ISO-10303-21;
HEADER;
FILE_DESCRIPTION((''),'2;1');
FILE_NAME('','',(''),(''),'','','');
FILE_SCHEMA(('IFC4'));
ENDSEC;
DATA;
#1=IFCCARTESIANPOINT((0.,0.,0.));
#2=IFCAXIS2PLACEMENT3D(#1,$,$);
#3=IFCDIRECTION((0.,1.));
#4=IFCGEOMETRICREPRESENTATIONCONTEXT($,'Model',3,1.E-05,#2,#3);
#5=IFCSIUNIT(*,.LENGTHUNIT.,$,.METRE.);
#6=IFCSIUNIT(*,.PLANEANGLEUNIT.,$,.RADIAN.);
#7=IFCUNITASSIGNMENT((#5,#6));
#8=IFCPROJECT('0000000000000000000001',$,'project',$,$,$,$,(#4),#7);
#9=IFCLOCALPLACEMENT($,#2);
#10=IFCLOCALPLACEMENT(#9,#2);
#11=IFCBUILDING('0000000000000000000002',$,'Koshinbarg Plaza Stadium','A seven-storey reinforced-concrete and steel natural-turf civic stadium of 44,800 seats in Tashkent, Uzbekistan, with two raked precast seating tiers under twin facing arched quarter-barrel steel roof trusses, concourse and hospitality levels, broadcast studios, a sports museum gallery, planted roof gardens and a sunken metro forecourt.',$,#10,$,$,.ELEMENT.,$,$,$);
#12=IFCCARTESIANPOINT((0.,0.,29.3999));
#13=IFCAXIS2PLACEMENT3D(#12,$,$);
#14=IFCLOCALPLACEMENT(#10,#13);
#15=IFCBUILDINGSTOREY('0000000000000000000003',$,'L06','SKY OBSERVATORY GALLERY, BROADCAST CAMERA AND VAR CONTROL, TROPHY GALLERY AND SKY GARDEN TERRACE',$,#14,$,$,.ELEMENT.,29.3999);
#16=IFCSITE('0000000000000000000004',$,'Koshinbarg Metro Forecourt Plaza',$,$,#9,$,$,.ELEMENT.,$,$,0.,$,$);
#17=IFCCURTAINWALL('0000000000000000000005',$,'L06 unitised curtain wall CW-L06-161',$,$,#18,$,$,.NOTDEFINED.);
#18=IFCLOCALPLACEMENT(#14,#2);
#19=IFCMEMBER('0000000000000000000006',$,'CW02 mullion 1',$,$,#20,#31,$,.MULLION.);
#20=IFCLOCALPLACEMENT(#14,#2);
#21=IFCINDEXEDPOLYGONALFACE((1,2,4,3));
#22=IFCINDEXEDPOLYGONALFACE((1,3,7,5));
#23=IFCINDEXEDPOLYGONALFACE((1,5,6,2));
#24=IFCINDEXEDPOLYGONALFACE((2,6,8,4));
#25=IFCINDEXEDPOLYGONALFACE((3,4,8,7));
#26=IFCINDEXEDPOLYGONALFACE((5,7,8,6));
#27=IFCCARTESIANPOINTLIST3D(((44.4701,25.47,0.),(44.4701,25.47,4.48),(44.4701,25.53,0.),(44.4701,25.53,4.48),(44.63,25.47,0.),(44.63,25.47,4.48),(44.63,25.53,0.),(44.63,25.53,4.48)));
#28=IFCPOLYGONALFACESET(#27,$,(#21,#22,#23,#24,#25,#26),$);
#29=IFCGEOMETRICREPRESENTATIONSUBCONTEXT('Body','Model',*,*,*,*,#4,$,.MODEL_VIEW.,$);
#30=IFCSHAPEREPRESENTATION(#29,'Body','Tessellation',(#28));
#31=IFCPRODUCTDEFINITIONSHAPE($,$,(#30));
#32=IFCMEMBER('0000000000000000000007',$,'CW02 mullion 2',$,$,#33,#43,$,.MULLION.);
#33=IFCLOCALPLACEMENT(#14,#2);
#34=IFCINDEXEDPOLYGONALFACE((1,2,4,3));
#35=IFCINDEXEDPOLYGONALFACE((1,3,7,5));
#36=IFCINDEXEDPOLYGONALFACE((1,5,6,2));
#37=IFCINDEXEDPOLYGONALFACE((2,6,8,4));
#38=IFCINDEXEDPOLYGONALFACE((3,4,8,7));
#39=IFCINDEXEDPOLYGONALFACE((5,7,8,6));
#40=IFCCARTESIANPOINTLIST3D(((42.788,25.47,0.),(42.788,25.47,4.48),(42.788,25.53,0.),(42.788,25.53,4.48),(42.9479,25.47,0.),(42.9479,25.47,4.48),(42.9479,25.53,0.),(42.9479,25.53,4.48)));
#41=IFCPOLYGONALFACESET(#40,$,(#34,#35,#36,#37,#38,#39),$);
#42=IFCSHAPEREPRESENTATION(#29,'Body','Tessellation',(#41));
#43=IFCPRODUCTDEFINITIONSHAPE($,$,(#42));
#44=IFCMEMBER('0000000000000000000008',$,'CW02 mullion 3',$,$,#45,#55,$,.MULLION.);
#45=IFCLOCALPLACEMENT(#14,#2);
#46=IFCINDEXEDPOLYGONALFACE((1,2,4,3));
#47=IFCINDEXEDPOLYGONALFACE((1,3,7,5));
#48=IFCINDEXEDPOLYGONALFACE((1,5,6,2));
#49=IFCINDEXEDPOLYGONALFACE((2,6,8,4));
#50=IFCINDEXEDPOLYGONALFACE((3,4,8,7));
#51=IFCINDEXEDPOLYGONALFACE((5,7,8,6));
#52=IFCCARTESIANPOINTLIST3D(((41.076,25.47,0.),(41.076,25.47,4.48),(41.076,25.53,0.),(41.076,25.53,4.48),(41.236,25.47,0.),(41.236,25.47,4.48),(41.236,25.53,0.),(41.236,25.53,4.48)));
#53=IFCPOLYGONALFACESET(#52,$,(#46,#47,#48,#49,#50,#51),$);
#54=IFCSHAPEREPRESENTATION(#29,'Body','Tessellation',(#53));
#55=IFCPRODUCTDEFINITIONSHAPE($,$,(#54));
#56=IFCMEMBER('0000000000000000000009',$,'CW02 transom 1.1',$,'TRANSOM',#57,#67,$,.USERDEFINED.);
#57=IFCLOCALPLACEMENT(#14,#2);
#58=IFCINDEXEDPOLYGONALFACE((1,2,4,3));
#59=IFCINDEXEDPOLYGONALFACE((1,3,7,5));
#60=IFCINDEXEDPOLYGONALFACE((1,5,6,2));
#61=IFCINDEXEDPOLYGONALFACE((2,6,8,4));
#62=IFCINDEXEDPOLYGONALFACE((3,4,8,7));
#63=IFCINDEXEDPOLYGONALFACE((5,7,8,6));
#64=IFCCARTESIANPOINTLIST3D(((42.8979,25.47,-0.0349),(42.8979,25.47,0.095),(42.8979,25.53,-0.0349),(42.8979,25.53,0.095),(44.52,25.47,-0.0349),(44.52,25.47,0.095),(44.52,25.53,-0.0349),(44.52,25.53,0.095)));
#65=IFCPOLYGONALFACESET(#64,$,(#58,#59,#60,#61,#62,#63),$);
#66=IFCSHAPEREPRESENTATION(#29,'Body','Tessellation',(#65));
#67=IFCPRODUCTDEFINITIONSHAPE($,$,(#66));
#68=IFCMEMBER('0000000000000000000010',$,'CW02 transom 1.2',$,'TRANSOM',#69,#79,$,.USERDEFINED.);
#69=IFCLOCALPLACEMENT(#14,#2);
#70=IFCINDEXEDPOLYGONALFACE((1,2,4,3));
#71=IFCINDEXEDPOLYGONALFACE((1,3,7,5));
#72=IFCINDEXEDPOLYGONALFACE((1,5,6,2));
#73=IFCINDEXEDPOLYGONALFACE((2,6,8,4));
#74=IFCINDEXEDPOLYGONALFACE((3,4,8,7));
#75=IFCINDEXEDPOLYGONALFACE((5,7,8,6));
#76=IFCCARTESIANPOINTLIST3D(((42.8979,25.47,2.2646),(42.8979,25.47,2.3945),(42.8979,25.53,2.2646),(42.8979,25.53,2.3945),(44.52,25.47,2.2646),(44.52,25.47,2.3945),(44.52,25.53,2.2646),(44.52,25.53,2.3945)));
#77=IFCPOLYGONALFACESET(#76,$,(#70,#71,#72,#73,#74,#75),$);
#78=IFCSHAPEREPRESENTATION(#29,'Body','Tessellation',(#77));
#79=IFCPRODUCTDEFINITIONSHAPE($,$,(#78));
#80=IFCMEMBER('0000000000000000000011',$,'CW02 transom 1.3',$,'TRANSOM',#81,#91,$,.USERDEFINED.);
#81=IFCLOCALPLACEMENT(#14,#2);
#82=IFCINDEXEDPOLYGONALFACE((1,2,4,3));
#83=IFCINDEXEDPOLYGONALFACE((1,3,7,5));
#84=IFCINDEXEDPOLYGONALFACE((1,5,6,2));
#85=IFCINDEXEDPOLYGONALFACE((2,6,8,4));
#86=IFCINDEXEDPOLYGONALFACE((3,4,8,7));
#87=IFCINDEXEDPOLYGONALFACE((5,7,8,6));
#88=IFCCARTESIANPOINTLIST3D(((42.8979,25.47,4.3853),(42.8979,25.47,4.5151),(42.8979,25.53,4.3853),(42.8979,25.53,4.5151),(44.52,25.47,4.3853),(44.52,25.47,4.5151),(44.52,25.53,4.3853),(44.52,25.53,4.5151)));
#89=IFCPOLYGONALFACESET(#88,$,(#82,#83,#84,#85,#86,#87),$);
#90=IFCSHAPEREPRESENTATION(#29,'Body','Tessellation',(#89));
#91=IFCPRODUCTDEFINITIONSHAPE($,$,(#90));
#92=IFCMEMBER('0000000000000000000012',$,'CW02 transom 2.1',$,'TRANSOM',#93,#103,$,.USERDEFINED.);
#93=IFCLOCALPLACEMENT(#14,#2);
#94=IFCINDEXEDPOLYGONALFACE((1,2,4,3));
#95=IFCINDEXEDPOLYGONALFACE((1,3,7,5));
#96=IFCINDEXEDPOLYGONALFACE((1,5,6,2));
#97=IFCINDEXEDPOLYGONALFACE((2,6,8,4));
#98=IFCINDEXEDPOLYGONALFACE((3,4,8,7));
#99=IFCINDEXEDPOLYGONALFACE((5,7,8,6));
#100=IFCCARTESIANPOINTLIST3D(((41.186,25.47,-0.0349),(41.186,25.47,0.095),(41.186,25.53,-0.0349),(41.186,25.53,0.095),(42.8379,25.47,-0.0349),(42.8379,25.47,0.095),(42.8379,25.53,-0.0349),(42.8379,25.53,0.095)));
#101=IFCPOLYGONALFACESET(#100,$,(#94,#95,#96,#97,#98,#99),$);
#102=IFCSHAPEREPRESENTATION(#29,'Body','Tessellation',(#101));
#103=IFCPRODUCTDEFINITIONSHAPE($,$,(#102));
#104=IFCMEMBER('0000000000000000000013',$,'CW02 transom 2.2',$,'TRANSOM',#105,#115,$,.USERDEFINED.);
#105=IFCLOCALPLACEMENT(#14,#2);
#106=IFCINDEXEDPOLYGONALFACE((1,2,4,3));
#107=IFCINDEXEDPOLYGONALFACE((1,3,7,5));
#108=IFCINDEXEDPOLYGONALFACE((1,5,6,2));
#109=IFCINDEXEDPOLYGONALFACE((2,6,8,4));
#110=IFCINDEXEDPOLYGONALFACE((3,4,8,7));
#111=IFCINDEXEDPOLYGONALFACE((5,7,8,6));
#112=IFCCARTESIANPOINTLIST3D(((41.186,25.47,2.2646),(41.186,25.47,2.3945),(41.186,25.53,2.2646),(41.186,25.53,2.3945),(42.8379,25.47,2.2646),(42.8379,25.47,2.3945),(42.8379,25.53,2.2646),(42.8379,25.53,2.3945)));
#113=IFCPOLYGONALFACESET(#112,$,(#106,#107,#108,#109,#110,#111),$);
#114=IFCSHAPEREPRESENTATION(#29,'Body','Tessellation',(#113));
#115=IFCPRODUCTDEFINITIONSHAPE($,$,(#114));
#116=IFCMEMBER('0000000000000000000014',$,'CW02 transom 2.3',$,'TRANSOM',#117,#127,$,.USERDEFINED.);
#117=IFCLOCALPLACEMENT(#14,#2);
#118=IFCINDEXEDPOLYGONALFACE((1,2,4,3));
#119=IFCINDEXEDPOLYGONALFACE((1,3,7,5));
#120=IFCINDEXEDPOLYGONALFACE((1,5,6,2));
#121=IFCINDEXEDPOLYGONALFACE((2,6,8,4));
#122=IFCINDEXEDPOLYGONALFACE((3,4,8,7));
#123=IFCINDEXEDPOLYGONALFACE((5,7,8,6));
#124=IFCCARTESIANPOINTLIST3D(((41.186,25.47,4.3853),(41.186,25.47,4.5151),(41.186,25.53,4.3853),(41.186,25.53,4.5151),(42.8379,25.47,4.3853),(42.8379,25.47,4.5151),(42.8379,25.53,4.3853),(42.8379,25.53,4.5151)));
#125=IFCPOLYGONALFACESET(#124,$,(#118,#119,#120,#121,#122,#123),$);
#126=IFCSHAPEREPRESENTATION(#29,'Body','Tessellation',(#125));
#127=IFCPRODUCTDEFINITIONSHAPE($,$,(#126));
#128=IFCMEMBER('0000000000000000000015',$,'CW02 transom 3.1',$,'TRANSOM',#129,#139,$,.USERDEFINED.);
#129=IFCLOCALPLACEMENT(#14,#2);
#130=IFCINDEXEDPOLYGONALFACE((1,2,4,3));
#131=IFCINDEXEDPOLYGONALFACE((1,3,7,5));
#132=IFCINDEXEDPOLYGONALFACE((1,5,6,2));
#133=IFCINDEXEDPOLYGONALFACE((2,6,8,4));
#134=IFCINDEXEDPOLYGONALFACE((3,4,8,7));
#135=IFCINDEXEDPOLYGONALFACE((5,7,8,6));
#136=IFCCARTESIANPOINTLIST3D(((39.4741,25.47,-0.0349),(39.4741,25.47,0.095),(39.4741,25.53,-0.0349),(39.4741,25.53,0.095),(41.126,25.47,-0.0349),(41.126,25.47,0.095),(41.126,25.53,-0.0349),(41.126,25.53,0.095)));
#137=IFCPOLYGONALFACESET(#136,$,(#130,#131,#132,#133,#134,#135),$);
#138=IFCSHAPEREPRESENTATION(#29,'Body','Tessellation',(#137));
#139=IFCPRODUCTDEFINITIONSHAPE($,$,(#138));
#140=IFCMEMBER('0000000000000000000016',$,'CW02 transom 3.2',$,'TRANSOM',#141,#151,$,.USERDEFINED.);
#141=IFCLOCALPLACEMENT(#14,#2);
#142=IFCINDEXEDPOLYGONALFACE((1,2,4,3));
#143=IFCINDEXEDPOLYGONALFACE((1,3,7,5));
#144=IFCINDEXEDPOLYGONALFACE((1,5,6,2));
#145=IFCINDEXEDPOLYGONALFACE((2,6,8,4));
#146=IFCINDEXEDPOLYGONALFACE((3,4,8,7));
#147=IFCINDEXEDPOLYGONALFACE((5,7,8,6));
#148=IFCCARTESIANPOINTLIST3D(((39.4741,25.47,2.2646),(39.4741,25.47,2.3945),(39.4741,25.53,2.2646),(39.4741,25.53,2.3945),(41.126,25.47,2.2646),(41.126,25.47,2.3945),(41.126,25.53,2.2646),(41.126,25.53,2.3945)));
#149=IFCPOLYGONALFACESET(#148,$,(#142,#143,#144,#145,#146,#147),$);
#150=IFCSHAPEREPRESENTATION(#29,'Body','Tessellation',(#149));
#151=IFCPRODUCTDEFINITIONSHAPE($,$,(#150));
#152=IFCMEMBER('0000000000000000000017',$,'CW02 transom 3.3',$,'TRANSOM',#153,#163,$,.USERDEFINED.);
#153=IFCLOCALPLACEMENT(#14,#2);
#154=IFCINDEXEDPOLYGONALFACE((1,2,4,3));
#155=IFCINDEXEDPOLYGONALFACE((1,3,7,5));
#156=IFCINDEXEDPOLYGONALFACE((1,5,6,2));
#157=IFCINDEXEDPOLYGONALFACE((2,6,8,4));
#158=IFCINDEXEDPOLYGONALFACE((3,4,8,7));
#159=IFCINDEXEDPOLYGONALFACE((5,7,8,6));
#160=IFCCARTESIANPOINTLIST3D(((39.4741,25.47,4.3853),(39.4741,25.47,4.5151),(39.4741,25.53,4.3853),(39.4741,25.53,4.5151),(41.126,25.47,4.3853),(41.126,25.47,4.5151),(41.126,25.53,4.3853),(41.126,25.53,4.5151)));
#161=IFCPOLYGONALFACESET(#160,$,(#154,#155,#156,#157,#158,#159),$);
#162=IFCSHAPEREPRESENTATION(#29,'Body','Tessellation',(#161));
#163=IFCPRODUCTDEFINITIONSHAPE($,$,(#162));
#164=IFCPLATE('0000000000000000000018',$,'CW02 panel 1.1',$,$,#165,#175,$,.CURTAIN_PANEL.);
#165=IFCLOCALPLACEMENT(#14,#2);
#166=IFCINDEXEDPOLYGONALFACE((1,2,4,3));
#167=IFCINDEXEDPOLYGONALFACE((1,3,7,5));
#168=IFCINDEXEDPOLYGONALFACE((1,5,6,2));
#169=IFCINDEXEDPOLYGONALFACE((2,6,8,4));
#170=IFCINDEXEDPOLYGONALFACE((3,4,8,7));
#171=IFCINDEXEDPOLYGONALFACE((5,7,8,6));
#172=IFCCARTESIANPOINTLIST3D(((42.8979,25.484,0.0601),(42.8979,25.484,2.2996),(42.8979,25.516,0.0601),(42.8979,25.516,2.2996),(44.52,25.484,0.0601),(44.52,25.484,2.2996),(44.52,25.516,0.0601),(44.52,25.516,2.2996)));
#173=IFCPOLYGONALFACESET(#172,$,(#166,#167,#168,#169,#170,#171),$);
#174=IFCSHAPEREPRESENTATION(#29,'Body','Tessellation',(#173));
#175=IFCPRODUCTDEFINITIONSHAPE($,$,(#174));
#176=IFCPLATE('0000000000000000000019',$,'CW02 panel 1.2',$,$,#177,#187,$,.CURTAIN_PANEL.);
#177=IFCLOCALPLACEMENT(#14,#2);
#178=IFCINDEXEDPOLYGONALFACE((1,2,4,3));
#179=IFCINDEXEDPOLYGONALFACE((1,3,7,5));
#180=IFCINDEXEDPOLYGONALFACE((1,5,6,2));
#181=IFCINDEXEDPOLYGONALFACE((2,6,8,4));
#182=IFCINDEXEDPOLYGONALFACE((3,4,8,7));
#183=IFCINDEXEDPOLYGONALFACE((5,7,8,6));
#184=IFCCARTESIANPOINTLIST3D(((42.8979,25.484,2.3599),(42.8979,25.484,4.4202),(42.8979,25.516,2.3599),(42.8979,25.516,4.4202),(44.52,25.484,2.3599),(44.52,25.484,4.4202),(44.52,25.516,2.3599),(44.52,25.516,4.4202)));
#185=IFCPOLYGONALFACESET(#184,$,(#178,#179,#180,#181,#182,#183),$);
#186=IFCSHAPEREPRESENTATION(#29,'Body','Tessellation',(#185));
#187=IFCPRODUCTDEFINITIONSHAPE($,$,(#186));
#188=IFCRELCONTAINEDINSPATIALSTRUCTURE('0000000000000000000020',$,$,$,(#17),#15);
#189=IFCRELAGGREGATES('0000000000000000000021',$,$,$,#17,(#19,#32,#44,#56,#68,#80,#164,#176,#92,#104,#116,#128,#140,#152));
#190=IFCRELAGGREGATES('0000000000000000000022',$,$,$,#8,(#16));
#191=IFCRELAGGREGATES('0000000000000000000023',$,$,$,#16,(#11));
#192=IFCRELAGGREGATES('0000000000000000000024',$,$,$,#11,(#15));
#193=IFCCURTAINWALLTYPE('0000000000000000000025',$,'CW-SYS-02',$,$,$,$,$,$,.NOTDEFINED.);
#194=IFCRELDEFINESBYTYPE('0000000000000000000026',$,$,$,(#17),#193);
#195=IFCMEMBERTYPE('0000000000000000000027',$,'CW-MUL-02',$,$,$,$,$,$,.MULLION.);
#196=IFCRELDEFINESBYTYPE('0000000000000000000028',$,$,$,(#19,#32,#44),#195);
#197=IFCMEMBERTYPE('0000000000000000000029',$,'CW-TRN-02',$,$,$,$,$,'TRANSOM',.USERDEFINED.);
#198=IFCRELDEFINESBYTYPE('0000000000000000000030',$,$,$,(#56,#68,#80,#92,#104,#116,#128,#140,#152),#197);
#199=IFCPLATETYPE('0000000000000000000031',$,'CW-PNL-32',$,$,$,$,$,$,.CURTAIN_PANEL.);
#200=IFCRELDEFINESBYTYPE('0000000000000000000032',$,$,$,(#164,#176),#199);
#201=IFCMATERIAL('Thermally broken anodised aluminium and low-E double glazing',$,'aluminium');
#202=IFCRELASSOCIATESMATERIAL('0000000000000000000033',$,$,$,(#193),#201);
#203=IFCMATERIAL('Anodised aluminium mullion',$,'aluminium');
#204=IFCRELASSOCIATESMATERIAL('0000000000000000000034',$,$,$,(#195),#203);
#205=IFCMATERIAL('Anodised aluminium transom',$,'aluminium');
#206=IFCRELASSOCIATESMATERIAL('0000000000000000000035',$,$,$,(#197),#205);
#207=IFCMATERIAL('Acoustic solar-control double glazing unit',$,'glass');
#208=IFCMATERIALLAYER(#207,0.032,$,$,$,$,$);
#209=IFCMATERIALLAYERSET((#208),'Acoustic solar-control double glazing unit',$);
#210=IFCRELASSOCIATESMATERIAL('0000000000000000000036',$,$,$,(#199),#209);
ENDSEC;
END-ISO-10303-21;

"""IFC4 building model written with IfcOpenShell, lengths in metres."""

from ifc_helpers import new_model, si_unit, direction, frame, origin, origin_2d, place, context, subcontext, project, spatial, rectangle, extrude, material, layer, layer_set, material_profile, profile_set, type_object, element, aggregate, save


model = new_model("IFC4")

# Units and contexts
model_context = context("Model", 3, precision=1e-05, world=origin(), true_north=direction((0.0, 1.0)))
body_context = subcontext(model_context, "Body", "Model", "MODEL_VIEW")
ifc_project = project(units=[si_unit("LENGTHUNIT", "METRE"), si_unit("PLANEANGLEUNIT", "RADIAN")], contexts=[model_context])

# Site, building, storey
site_placement = place(None, origin())
site = spatial("IfcSite", under=ifc_project, at=site_placement, Name="Koshinbarg Metro Forecourt Plaza", CompositionType="ELEMENT", RefElevation=0.0)
building_placement = place(site_placement, origin())
building = spatial("IfcBuilding", under=site, at=building_placement, Name="Koshinbarg Plaza Stadium", Description="A seven-storey reinforced-concrete and steel natural-turf civic stadium of 44,800 seats in Tashkent, Uzbekistan, with two raked precast seating tiers under twin facing arched quarter-barrel steel roof trusses, concourse and hospitality levels, broadcast studios, a sports museum gallery, planted roof gardens and a sunken metro forecourt.", CompositionType="ELEMENT")
storey_placement = place(building_placement, frame((0.0, 0.0, 29.3999)))
storey = spatial("IfcBuildingStorey", under=building, at=storey_placement, Name="L06", Description="SKY OBSERVATORY GALLERY, BROADCAST CAMERA AND VAR CONTROL, TROPHY GALLERY AND SKY GARDEN TERRACE", CompositionType="ELEMENT", Elevation=29.3999)

# Curtain wall, members, plates
ifc_material_1 = material(Name="Thermally broken anodised aluminium and low-E double glazing", Category="aluminium")
curtain_wall_type = type_object("IfcCurtainWallType", Name="CW-SYS-02", PredefinedType="NOTDEFINED", material=ifc_material_1)
curtain_wall_placement = place(storey_placement, origin())
curtain_wall = element("IfcCurtainWall", 1, at=curtain_wall_placement, inside=storey, type_object=curtain_wall_type, Name="L06 unitised curtain wall CW-L06-161", PredefinedType="NOTDEFINED")
ifc_material_2 = material(Name="Anodised aluminium mullion", Category="aluminium")
ifc_material_profile_1 = material_profile(ifc_material_2, rectangle(XDim=0.0601, YDim=0.1599, at=origin_2d()), Name="ALU 60x160")
ifc_profile_set_1 = profile_set([ifc_material_profile_1], Name="Anodised aluminium mullion")
member_type_1 = type_object("IfcMemberType", Name="CW-MUL-02", PredefinedType="MULLION", material=ifc_profile_set_1)
member_1_placement = place(storey_placement, frame((44.55, 25.5, 0.0), z_axis=(0.0, 0.0, 1.0), x_axis=(0.0, -1.0, 0.0)))
member_1 = element("IfcMember", 2, at=member_1_placement, type_object=member_type_1, Name="CW02 mullion 1", PredefinedType="MULLION", context=body_context, shape_type="SweptSolid", body=[
    extrude(rectangle(XDim=0.0601, YDim=0.1599, at=origin_2d()), origin(), (0.0, 0.0, 1.0), 4.48),
])
member_2_placement = place(storey_placement, frame((42.8679, 25.5, 0.0), z_axis=(0.0, 0.0, 1.0), x_axis=(0.0, -1.0, 0.0)))
member_2 = element("IfcMember", 3, at=member_2_placement, type_object=member_type_1, Name="CW02 mullion 2", PredefinedType="MULLION", context=body_context, shape_type="SweptSolid", body=[
    extrude(rectangle(XDim=0.0601, YDim=0.1599, at=origin_2d()), origin(), (0.0, 0.0, 1.0), 4.48),
])
member_3_placement = place(storey_placement, frame((41.156, 25.5, 0.0), z_axis=(0.0, 0.0, 1.0), x_axis=(0.0, -1.0, 0.0)))
member_3 = element("IfcMember", 4, at=member_3_placement, type_object=member_type_1, Name="CW02 mullion 3", PredefinedType="MULLION", context=body_context, shape_type="SweptSolid", body=[
    extrude(rectangle(XDim=0.0601, YDim=0.1599, at=origin_2d()), origin(), (0.0, 0.0, 1.0), 4.48),
])
ifc_material_3 = material(Name="Anodised aluminium transom", Category="aluminium")
ifc_material_profile_2 = material_profile(ifc_material_3, rectangle(XDim=0.0601, YDim=0.1299, at=origin_2d()), Name="ALU 60x130")
ifc_profile_set_2 = profile_set([ifc_material_profile_2], Name="Anodised aluminium transom")
member_type_2 = type_object("IfcMemberType", Name="CW-TRN-02", ElementType="TRANSOM", PredefinedType="USERDEFINED", material=ifc_profile_set_2)
member_4_placement = place(storey_placement, frame((44.52, 25.5, 0.03), z_axis=(-1.0, 0.0, 0.0), x_axis=(0.0, -1.0, 0.0)))
member_4 = element("IfcMember", 5, at=member_4_placement, type_object=member_type_2, Name="CW02 transom 1.1", ObjectType="TRANSOM", PredefinedType="USERDEFINED", context=body_context, shape_type="SweptSolid", body=[
    extrude(rectangle(XDim=0.0601, YDim=0.1299, at=origin_2d()), origin(), (0.0, 0.0, 1.0), 1.6221),
])
member_5_placement = place(storey_placement, frame((44.52, 25.5, 2.3296), z_axis=(-1.0, 0.0, 0.0), x_axis=(0.0, -1.0, 0.0)))
member_5 = element("IfcMember", 6, at=member_5_placement, type_object=member_type_2, Name="CW02 transom 1.2", ObjectType="TRANSOM", PredefinedType="USERDEFINED", context=body_context, shape_type="SweptSolid", body=[
    extrude(rectangle(XDim=0.0601, YDim=0.1299, at=origin_2d()), origin(), (0.0, 0.0, 1.0), 1.6221),
])
member_6_placement = place(storey_placement, frame((44.52, 25.5, 4.4502), z_axis=(-1.0, 0.0, 0.0), x_axis=(0.0, -1.0, 0.0)))
member_6 = element("IfcMember", 7, at=member_6_placement, type_object=member_type_2, Name="CW02 transom 1.3", ObjectType="TRANSOM", PredefinedType="USERDEFINED", context=body_context, shape_type="SweptSolid", body=[
    extrude(rectangle(XDim=0.0601, YDim=0.1299, at=origin_2d()), origin(), (0.0, 0.0, 1.0), 1.6221),
])
member_7_placement = place(storey_placement, frame((42.8379, 25.5, 0.03), z_axis=(-1.0, 0.0, 0.0), x_axis=(0.0, -1.0, 0.0)))
member_7 = element("IfcMember", 8, at=member_7_placement, type_object=member_type_2, Name="CW02 transom 2.1", ObjectType="TRANSOM", PredefinedType="USERDEFINED", context=body_context, shape_type="SweptSolid", body=[
    extrude(rectangle(XDim=0.0601, YDim=0.1299, at=origin_2d()), origin(), (0.0, 0.0, 1.0), 1.6519),
])
member_8_placement = place(storey_placement, frame((42.8379, 25.5, 2.3296), z_axis=(-1.0, 0.0, 0.0), x_axis=(0.0, -1.0, 0.0)))
member_8 = element("IfcMember", 9, at=member_8_placement, type_object=member_type_2, Name="CW02 transom 2.2", ObjectType="TRANSOM", PredefinedType="USERDEFINED", context=body_context, shape_type="SweptSolid", body=[
    extrude(rectangle(XDim=0.0601, YDim=0.1299, at=origin_2d()), origin(), (0.0, 0.0, 1.0), 1.6519),
])
member_9_placement = place(storey_placement, frame((42.8379, 25.5, 4.4502), z_axis=(-1.0, 0.0, 0.0), x_axis=(0.0, -1.0, 0.0)))
member_9 = element("IfcMember", 10, at=member_9_placement, type_object=member_type_2, Name="CW02 transom 2.3", ObjectType="TRANSOM", PredefinedType="USERDEFINED", context=body_context, shape_type="SweptSolid", body=[
    extrude(rectangle(XDim=0.0601, YDim=0.1299, at=origin_2d()), origin(), (0.0, 0.0, 1.0), 1.6519),
])
member_10_placement = place(storey_placement, frame((41.126, 25.5, 0.03), z_axis=(-1.0, 0.0, 0.0), x_axis=(0.0, -1.0, 0.0)))
member_10 = element("IfcMember", 11, at=member_10_placement, type_object=member_type_2, Name="CW02 transom 3.1", ObjectType="TRANSOM", PredefinedType="USERDEFINED", context=body_context, shape_type="SweptSolid", body=[
    extrude(rectangle(XDim=0.0601, YDim=0.1299, at=origin_2d()), origin(), (0.0, 0.0, 1.0), 1.6519),
])
member_11_placement = place(storey_placement, frame((41.126, 25.5, 2.3296), z_axis=(-1.0, 0.0, 0.0), x_axis=(0.0, -1.0, 0.0)))
member_11 = element("IfcMember", 12, at=member_11_placement, type_object=member_type_2, Name="CW02 transom 3.2", ObjectType="TRANSOM", PredefinedType="USERDEFINED", context=body_context, shape_type="SweptSolid", body=[
    extrude(rectangle(XDim=0.0601, YDim=0.1299, at=origin_2d()), origin(), (0.0, 0.0, 1.0), 1.6519),
])
member_12_placement = place(storey_placement, frame((41.126, 25.5, 4.4502), z_axis=(-1.0, 0.0, 0.0), x_axis=(0.0, -1.0, 0.0)))
member_12 = element("IfcMember", 13, at=member_12_placement, type_object=member_type_2, Name="CW02 transom 3.3", ObjectType="TRANSOM", PredefinedType="USERDEFINED", context=body_context, shape_type="SweptSolid", body=[
    extrude(rectangle(XDim=0.0601, YDim=0.1299, at=origin_2d()), origin(), (0.0, 0.0, 1.0), 1.6519),
])
ifc_material_4 = material(Name="Acoustic solar-control double glazing unit", Category="glass")
ifc_layer_1 = layer(ifc_material_4, 0.032)
ifc_layer_set_1 = layer_set([ifc_layer_1], Name="Acoustic solar-control double glazing unit")
plate_type = type_object("IfcPlateType", Name="CW-PNL-32", PredefinedType="CURTAIN_PANEL", material=ifc_layer_set_1)
plate_1_placement = place(storey_placement, frame((43.709, 25.5, 0.0601), z_axis=(0.0, 0.0, 1.0), x_axis=(-1.0, 0.0, 0.0)))
plate_1 = element("IfcPlate", 14, at=plate_1_placement, type_object=plate_type, Name="CW02 panel 1.1", PredefinedType="CURTAIN_PANEL", context=body_context, shape_type="SweptSolid", body=[
    extrude(rectangle(XDim=1.6221, YDim=0.032, at=origin_2d()), origin(), (0.0, 0.0, 1.0), 2.2395),
])
plate_2_placement = place(storey_placement, frame((43.709, 25.5, 2.3599), z_axis=(0.0, 0.0, 1.0), x_axis=(-1.0, 0.0, 0.0)))
plate_2 = element("IfcPlate", 15, at=plate_2_placement, type_object=plate_type, Name="CW02 panel 1.2", PredefinedType="CURTAIN_PANEL", context=body_context, shape_type="SweptSolid", body=[
    extrude(rectangle(XDim=1.6221, YDim=0.032, at=origin_2d()), origin(), (0.0, 0.0, 1.0), 2.0603),
])
aggregate(curtain_wall, [member_1, member_2, member_3, member_4, member_5, member_6, plate_1, plate_2, member_7, member_8, member_9, member_10, member_11, member_12])

save(model, "model.ifc")
